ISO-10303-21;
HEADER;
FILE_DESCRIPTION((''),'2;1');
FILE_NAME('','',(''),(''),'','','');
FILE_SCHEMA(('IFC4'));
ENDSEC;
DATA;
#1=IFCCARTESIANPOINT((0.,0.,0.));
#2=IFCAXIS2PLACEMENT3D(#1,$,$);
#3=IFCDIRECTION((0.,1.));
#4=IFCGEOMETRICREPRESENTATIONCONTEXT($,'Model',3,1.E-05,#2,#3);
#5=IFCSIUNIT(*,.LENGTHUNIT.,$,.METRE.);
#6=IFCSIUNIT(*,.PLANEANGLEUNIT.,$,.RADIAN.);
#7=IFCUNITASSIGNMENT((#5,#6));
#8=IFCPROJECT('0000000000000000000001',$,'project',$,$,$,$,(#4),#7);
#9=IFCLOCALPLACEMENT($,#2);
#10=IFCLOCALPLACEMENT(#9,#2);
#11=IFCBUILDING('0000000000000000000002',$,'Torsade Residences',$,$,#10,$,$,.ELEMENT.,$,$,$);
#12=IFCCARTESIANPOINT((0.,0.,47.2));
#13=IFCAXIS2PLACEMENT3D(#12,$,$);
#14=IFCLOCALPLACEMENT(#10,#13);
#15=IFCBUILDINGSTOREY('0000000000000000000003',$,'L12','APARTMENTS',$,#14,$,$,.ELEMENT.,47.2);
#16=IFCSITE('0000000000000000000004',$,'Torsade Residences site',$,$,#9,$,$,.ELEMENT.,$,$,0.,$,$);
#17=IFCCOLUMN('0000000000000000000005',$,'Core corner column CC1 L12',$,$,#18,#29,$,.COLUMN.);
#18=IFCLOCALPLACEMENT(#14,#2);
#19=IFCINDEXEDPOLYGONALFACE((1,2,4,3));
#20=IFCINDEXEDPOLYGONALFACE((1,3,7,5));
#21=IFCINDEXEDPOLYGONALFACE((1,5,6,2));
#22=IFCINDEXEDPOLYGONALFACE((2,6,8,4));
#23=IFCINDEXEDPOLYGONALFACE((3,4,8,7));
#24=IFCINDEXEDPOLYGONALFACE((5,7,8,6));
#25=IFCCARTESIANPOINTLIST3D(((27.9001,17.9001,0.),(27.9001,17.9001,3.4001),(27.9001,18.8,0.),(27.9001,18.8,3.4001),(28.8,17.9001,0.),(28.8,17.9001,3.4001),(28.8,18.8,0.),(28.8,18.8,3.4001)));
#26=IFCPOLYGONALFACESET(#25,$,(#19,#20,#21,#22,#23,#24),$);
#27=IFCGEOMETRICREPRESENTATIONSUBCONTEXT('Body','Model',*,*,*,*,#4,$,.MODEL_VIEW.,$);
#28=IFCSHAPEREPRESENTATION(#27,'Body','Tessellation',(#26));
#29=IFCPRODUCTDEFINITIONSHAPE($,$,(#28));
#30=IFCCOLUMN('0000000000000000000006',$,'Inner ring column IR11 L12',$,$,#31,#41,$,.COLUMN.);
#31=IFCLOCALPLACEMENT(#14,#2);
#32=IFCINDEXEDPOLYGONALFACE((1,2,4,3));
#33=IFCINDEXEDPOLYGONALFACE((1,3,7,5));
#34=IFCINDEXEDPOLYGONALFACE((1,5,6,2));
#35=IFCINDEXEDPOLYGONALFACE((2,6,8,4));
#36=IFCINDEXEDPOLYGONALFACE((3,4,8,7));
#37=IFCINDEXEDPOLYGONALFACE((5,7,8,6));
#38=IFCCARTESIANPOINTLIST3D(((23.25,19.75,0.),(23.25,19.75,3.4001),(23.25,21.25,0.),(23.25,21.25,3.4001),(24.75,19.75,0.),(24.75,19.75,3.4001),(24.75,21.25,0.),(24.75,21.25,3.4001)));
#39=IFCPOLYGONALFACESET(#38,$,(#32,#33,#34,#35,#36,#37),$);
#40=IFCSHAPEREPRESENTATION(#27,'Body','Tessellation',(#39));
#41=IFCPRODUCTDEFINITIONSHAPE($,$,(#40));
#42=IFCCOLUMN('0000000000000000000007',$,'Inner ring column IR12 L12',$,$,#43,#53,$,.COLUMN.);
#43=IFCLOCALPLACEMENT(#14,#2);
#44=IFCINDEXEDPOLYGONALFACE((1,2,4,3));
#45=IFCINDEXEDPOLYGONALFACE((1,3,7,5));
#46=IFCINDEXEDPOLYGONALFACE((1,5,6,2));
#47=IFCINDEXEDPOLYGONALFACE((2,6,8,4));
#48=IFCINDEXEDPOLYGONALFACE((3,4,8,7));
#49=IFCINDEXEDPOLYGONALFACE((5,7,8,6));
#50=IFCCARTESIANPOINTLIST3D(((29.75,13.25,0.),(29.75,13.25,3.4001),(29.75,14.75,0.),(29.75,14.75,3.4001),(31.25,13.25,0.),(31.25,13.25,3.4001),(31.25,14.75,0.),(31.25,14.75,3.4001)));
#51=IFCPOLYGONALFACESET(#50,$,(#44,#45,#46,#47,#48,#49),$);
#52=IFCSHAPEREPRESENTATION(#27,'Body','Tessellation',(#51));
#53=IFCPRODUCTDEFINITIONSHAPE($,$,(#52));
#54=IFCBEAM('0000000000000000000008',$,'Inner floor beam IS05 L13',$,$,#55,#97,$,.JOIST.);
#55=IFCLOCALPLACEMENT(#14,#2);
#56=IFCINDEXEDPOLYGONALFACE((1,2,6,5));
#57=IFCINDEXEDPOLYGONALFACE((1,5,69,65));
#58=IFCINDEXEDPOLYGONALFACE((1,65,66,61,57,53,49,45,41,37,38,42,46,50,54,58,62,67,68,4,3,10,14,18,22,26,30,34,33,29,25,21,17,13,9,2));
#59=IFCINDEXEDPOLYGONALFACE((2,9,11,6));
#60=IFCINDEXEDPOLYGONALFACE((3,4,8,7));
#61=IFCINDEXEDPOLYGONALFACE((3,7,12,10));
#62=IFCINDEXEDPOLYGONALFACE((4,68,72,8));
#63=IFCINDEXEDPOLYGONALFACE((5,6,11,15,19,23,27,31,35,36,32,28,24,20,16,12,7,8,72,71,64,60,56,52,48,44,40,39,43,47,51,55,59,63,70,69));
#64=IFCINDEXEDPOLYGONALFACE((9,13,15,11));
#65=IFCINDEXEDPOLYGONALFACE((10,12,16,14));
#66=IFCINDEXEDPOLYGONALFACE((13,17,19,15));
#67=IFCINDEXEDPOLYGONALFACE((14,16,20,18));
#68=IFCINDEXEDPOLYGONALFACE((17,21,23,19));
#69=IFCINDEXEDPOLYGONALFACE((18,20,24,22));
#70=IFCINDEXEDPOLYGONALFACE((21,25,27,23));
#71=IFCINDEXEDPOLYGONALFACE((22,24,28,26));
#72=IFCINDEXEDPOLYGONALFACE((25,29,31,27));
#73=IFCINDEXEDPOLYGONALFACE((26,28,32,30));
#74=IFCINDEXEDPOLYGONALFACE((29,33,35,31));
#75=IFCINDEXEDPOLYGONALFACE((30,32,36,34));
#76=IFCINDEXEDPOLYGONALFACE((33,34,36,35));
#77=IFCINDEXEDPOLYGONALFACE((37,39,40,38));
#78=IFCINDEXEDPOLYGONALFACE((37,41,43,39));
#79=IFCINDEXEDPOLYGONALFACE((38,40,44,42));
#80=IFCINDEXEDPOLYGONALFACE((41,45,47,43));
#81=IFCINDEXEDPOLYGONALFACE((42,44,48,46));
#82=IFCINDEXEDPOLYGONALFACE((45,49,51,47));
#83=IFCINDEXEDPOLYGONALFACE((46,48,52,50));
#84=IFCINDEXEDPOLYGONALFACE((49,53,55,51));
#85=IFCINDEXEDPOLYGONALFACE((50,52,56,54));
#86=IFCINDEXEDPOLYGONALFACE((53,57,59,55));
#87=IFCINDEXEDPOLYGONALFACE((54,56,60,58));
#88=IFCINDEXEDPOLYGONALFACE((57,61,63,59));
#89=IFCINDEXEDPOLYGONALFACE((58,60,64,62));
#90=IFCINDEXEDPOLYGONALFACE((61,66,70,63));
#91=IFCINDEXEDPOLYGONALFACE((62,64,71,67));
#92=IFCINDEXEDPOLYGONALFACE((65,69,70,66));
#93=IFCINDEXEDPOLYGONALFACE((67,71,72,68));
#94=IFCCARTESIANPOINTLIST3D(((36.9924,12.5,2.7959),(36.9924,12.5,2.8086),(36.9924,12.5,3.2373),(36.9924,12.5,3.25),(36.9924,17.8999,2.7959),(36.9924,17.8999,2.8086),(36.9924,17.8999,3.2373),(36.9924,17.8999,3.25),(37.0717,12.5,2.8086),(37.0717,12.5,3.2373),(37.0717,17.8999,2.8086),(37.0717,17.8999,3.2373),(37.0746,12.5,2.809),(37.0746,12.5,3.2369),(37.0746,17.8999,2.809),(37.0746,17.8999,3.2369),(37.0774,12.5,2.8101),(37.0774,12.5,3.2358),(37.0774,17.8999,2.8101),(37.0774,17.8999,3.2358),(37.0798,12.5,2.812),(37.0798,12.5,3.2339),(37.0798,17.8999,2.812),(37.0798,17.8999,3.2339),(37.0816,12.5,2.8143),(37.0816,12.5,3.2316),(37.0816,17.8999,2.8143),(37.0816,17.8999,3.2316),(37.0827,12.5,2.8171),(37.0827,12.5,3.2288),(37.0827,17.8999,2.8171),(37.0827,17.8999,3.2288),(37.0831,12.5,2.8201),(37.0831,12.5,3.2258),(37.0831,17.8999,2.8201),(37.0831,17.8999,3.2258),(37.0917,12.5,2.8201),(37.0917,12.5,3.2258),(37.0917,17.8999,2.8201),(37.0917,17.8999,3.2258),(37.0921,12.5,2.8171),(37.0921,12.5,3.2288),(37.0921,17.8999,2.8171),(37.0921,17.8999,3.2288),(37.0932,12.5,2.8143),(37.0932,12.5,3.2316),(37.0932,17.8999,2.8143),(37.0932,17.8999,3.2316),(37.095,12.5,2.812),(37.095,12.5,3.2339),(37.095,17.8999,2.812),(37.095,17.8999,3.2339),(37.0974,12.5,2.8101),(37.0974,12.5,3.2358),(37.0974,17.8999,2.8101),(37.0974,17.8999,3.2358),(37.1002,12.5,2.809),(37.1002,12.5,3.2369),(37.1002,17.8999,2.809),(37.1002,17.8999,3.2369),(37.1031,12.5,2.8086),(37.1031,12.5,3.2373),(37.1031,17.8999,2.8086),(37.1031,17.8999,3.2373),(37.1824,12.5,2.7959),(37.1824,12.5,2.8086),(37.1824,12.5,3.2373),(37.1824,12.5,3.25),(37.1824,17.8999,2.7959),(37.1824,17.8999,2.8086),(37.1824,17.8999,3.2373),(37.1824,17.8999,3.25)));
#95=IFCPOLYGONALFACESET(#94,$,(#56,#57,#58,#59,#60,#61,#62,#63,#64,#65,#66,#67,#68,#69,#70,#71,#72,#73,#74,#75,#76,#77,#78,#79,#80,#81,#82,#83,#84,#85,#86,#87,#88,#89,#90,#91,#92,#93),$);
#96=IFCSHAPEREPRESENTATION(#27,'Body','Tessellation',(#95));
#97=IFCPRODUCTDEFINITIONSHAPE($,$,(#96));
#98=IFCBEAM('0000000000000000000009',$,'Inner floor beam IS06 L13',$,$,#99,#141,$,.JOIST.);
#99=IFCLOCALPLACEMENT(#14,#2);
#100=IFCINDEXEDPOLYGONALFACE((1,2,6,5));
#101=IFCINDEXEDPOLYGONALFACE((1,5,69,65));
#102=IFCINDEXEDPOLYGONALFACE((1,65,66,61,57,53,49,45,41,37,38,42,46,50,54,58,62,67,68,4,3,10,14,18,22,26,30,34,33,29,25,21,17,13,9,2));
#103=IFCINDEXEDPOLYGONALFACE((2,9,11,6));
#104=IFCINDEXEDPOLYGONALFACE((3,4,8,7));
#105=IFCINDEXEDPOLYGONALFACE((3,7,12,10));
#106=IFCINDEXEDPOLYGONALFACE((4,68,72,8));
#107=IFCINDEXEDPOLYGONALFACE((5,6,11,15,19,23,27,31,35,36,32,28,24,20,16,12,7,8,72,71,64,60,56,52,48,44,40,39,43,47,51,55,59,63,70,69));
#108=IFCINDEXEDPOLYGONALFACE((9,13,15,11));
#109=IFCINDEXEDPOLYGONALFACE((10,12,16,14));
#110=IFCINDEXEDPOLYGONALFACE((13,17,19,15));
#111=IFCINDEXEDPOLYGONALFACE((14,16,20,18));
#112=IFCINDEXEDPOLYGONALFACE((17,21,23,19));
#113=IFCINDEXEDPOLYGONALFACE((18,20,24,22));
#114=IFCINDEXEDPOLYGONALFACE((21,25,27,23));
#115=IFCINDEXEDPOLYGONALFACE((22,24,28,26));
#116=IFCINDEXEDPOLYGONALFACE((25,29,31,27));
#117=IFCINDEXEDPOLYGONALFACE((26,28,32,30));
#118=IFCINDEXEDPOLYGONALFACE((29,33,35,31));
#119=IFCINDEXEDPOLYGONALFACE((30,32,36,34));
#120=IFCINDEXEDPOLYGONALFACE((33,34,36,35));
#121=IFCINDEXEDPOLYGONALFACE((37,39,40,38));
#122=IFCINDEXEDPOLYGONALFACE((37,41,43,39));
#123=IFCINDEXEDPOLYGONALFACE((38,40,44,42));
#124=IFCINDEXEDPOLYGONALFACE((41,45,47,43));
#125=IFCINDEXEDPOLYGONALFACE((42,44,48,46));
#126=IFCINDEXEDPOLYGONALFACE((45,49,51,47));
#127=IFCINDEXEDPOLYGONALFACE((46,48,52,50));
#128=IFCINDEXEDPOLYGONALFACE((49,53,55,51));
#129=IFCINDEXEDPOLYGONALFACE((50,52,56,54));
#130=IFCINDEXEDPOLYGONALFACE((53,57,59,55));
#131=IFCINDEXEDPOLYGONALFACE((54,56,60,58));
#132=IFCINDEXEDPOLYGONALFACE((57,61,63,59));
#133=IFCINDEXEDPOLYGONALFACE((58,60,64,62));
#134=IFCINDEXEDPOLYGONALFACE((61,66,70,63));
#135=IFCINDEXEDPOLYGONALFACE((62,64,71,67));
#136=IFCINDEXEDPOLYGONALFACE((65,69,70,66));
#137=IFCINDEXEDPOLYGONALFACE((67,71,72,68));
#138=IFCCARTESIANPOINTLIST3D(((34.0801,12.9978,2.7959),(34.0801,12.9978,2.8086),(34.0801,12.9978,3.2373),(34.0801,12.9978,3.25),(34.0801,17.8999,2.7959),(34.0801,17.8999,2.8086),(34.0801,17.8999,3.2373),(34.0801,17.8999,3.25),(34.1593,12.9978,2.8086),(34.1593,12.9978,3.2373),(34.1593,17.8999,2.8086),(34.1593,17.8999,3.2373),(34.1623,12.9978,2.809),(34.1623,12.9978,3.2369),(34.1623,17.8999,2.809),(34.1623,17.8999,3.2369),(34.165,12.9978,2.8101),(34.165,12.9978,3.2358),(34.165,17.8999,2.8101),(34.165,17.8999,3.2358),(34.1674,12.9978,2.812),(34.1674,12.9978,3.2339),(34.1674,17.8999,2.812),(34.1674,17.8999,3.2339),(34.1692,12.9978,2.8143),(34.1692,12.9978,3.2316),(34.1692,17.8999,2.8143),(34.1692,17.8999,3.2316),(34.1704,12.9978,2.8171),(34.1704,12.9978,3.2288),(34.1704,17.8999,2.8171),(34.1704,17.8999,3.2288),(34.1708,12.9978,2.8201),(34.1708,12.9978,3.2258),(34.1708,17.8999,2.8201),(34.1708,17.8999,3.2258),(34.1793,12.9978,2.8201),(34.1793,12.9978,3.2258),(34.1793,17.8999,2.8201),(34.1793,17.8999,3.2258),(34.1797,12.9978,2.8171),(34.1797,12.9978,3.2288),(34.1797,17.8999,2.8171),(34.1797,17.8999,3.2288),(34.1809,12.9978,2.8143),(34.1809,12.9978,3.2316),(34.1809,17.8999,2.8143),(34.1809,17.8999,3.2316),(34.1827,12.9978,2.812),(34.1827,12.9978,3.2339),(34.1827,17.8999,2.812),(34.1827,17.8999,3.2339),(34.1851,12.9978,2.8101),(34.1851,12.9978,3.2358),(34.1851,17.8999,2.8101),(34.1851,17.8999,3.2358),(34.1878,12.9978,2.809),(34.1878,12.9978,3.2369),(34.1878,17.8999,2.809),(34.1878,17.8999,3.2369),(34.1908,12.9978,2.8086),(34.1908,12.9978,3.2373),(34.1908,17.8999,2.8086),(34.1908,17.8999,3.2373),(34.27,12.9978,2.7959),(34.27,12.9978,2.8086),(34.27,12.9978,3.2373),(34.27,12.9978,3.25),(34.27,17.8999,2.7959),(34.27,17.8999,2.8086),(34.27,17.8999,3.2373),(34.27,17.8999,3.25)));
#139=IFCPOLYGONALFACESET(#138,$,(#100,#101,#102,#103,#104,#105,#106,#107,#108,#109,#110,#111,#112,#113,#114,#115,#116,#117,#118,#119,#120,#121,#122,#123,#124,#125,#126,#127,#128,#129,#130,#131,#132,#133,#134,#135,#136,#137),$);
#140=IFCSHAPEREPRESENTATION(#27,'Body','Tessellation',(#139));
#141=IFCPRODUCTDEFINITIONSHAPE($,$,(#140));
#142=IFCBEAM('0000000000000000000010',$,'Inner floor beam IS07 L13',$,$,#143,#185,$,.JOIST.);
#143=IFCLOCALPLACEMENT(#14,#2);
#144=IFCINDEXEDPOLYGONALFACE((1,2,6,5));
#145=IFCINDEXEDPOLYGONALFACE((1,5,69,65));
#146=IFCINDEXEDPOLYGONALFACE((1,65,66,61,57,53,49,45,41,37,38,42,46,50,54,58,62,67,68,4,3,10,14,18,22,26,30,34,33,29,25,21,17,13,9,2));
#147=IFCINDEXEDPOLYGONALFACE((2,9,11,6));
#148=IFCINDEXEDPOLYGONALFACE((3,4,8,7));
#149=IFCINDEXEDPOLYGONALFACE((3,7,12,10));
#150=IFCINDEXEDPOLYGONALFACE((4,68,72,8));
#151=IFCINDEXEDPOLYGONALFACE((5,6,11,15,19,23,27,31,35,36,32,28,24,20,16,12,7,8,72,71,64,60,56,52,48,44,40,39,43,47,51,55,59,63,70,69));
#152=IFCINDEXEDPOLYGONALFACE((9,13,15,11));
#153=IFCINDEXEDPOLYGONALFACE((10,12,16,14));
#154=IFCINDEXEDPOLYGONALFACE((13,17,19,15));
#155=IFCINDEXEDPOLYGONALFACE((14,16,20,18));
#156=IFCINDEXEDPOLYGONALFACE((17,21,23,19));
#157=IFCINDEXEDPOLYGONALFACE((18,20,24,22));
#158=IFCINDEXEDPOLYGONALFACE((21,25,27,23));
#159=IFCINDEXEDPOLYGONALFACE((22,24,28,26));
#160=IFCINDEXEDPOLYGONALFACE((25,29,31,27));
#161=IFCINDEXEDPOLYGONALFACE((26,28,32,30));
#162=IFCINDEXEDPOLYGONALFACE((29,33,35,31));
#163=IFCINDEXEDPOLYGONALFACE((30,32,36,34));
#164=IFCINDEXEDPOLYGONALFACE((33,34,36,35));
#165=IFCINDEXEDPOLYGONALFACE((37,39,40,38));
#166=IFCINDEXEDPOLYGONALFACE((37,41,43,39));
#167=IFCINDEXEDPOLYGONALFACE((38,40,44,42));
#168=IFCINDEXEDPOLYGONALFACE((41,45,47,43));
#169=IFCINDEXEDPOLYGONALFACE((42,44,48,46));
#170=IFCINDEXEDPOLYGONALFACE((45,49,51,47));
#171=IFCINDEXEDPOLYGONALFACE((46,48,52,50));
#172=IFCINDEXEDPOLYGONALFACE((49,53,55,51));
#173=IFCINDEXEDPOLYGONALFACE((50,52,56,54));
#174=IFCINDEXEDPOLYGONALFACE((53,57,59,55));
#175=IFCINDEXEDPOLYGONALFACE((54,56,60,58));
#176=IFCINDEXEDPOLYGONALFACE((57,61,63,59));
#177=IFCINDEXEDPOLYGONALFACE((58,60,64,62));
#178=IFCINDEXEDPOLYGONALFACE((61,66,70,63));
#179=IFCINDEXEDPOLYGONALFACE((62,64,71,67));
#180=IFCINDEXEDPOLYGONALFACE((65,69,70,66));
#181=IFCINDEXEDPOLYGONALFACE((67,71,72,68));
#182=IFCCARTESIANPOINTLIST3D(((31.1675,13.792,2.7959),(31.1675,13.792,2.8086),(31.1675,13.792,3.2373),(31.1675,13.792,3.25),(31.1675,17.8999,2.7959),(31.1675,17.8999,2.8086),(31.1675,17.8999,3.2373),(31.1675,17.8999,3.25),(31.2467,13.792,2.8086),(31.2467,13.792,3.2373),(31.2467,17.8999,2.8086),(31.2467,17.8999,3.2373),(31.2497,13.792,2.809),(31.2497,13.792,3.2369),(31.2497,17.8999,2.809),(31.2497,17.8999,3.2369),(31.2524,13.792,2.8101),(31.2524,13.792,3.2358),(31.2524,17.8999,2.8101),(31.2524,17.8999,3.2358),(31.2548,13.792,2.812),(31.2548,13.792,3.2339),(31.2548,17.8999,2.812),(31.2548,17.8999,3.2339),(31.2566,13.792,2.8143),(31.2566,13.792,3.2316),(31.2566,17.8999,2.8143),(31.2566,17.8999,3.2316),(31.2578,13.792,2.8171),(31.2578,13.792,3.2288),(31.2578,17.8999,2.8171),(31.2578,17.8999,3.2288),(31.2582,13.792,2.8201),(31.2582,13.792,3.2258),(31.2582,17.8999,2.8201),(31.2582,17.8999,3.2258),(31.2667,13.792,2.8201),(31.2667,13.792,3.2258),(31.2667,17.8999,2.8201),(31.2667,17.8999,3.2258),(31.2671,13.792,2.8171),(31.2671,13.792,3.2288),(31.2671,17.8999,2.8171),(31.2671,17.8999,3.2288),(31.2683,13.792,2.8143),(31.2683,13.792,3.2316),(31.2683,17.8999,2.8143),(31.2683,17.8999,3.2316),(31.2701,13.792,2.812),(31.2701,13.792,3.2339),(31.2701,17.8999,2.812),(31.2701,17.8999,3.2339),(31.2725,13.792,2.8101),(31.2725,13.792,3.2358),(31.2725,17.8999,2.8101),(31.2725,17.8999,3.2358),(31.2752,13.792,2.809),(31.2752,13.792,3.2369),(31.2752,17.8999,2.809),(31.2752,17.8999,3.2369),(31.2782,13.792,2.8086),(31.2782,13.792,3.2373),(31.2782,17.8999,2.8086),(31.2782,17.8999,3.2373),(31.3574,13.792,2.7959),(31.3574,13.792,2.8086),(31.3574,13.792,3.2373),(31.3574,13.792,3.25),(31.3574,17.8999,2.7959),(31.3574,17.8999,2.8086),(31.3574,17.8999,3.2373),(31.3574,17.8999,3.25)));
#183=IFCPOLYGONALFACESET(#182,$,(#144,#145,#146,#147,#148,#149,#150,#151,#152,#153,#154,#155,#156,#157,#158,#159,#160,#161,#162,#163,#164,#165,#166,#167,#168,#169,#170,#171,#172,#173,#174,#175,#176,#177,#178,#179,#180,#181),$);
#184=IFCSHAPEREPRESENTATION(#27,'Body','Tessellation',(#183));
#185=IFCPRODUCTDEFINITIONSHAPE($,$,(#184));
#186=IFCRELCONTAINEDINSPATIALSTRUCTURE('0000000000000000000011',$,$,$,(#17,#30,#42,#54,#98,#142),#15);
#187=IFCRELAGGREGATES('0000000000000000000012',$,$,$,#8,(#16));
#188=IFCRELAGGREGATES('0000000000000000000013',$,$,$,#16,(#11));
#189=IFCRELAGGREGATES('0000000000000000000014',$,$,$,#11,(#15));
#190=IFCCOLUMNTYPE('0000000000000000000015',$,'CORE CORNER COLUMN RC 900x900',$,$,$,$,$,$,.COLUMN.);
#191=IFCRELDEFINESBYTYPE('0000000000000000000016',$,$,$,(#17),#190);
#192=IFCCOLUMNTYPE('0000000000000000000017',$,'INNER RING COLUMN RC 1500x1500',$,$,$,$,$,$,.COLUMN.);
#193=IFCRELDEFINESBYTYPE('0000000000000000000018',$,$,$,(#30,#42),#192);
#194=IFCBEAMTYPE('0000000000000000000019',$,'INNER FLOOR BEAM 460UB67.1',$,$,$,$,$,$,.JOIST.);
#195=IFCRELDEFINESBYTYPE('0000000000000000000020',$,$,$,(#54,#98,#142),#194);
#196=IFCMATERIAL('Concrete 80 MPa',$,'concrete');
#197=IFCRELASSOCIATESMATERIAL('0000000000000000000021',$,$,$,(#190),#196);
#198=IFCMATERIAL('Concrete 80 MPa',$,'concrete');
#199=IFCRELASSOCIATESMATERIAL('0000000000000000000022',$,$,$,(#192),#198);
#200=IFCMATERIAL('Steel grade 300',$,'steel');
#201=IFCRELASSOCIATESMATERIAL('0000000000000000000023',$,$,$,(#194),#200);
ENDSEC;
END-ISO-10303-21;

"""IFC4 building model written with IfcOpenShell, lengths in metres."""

from ifc_helpers import new_model, si_unit, direction, frame, origin, origin_2d, place, context, subcontext, project, spatial, rectangle, i_section, extrude, material, material_profile, profile_set, type_object, element, save


model = new_model("IFC4")

# Units and contexts
model_context = context("Model", 3, precision=1e-05, world=origin(), true_north=direction((0.0, 1.0)))
body_context = subcontext(model_context, "Body", "Model", "MODEL_VIEW")
ifc_project = project(units=[si_unit("LENGTHUNIT", "METRE"), si_unit("PLANEANGLEUNIT", "RADIAN")], contexts=[model_context])

# Site, building, storey
site_placement = place(None, origin())
site = spatial("IfcSite", under=ifc_project, at=site_placement, Name="Torsade Residences site", CompositionType="ELEMENT", RefElevation=0.0)
building_placement = place(site_placement, origin())
building = spatial("IfcBuilding", under=site, at=building_placement, Name="Torsade Residences", CompositionType="ELEMENT")
storey_placement = place(building_placement, frame((0.0, 0.0, 47.2)))
storey = spatial("IfcBuildingStorey", under=building, at=storey_placement, Name="L12", Description="APARTMENTS", CompositionType="ELEMENT", Elevation=47.2)

# Columns
ifc_material_1 = material(Name="Concrete 80 MPa", Category="concrete")
ifc_material_profile_1 = material_profile(ifc_material_1, rectangle(XDim=0.8999, YDim=0.8999, at=origin_2d()), Name="RC 900x900")
ifc_profile_set_1 = profile_set([ifc_material_profile_1], Name="Concrete 80 MPa")
column_type_1 = type_object("IfcColumnType", Name="CORE CORNER COLUMN RC 900x900", PredefinedType="COLUMN", material=ifc_profile_set_1)
column_placement = place(storey_placement, frame((28.3501, 18.3501, 0.0), z_axis=(0.0, 0.0, 1.0), x_axis=(1.0, 0.0, 0.0)))
element("IfcColumn", 1, at=column_placement, inside=storey, type_object=column_type_1, Name="Core corner column CC1 L12", PredefinedType="COLUMN", context=body_context, shape_type="SweptSolid", body=[
    extrude(rectangle(XDim=0.8999, YDim=0.8999, at=origin_2d()), origin(), (0.0, 0.0, 1.0), 3.4001),
])
ifc_material_2 = material(Name="Concrete 80 MPa", Category="concrete")
ifc_material_profile_2 = material_profile(ifc_material_2, rectangle(XDim=1.5, YDim=1.5, at=origin_2d()), Name="RC 1500x1500")
ifc_profile_set_2 = profile_set([ifc_material_profile_2], Name="Concrete 80 MPa")
column_type_2 = type_object("IfcColumnType", Name="INNER RING COLUMN RC 1500x1500", PredefinedType="COLUMN", material=ifc_profile_set_2)
for number, where, z_axis, x_axis, name in (
    (2, (24.0, 20.5, 0.0), (0.0, 0.0, 1.0), (1.0, 0.0, 0.0), "Inner ring column IR11 L12"),
    (3, (30.5, 14.0, 0.0), (0.0, 0.0, 1.0), (1.0, 0.0, 0.0), "Inner ring column IR12 L12"),
):
    element("IfcColumn", number, at=place(storey_placement, frame(where, z_axis=z_axis, x_axis=x_axis)), inside=storey, type_object=column_type_2, Name=name, PredefinedType="COLUMN", context=body_context, shape_type="SweptSolid", body=[
        extrude(rectangle(XDim=1.5, YDim=1.5, at=origin_2d()), origin(), (0.0, 0.0, 1.0), 3.4001),
    ])

# Beams
ifc_material_3 = material(Name="Steel grade 300", Category="steel")
ifc_material_profile_3 = material_profile(ifc_material_3, i_section(OverallWidth=0.1899, OverallDepth=0.4541, WebThickness=0.0085, FlangeThickness=0.0127, FilletRadius=0.0115, at=origin_2d()), Name="460UB67.1")
ifc_profile_set_3 = profile_set([ifc_material_profile_3], Name="Steel grade 300")
beam_type_1 = type_object("IfcBeamType", Name="INNER FLOOR BEAM 460UB67.1", PredefinedType="JOIST", material=ifc_profile_set_3)
beam_1_placement = place(storey_placement, frame((37.0874, 17.8999, 3.0229), z_axis=(0.0, -1.0, 0.0), x_axis=(1.0, 0.0, 0.0)))
element("IfcBeam", 4, at=beam_1_placement, inside=storey, type_object=beam_type_1, Name="Inner floor beam IS05 L13", PredefinedType="JOIST", context=body_context, shape_type="SweptSolid", body=[
    extrude(i_section(OverallWidth=0.1899, OverallDepth=0.4541, WebThickness=0.0085, FlangeThickness=0.0127, FilletRadius=0.0115, at=origin_2d()), origin(), (0.0, 0.0, 1.0), 5.3999),
])
beam_2_placement = place(storey_placement, frame((34.175, 17.8999, 3.0229), z_axis=(0.0, -1.0, 0.0), x_axis=(1.0, 0.0, 0.0)))
element("IfcBeam", 5, at=beam_2_placement, inside=storey, type_object=beam_type_1, Name="Inner floor beam IS06 L13", PredefinedType="JOIST", context=body_context, shape_type="SweptSolid", body=[
    extrude(i_section(OverallWidth=0.1899, OverallDepth=0.4541, WebThickness=0.0085, FlangeThickness=0.0127, FilletRadius=0.0115, at=origin_2d()), origin(), (0.0, 0.0, 1.0), 4.9021),
])
beam_3_placement = place(storey_placement, frame((31.2625, 17.8999, 3.0229), z_axis=(0.0, -1.0, 0.0), x_axis=(1.0, 0.0, 0.0)))
element("IfcBeam", 6, at=beam_3_placement, inside=storey, type_object=beam_type_1, Name="Inner floor beam IS07 L13", PredefinedType="JOIST", context=body_context, shape_type="SweptSolid", body=[
    extrude(i_section(OverallWidth=0.1899, OverallDepth=0.4541, WebThickness=0.0085, FlangeThickness=0.0127, FilletRadius=0.0115, at=origin_2d()), origin(), (0.0, 0.0, 1.0), 4.1079),
])

save(model, "model.ifc")
